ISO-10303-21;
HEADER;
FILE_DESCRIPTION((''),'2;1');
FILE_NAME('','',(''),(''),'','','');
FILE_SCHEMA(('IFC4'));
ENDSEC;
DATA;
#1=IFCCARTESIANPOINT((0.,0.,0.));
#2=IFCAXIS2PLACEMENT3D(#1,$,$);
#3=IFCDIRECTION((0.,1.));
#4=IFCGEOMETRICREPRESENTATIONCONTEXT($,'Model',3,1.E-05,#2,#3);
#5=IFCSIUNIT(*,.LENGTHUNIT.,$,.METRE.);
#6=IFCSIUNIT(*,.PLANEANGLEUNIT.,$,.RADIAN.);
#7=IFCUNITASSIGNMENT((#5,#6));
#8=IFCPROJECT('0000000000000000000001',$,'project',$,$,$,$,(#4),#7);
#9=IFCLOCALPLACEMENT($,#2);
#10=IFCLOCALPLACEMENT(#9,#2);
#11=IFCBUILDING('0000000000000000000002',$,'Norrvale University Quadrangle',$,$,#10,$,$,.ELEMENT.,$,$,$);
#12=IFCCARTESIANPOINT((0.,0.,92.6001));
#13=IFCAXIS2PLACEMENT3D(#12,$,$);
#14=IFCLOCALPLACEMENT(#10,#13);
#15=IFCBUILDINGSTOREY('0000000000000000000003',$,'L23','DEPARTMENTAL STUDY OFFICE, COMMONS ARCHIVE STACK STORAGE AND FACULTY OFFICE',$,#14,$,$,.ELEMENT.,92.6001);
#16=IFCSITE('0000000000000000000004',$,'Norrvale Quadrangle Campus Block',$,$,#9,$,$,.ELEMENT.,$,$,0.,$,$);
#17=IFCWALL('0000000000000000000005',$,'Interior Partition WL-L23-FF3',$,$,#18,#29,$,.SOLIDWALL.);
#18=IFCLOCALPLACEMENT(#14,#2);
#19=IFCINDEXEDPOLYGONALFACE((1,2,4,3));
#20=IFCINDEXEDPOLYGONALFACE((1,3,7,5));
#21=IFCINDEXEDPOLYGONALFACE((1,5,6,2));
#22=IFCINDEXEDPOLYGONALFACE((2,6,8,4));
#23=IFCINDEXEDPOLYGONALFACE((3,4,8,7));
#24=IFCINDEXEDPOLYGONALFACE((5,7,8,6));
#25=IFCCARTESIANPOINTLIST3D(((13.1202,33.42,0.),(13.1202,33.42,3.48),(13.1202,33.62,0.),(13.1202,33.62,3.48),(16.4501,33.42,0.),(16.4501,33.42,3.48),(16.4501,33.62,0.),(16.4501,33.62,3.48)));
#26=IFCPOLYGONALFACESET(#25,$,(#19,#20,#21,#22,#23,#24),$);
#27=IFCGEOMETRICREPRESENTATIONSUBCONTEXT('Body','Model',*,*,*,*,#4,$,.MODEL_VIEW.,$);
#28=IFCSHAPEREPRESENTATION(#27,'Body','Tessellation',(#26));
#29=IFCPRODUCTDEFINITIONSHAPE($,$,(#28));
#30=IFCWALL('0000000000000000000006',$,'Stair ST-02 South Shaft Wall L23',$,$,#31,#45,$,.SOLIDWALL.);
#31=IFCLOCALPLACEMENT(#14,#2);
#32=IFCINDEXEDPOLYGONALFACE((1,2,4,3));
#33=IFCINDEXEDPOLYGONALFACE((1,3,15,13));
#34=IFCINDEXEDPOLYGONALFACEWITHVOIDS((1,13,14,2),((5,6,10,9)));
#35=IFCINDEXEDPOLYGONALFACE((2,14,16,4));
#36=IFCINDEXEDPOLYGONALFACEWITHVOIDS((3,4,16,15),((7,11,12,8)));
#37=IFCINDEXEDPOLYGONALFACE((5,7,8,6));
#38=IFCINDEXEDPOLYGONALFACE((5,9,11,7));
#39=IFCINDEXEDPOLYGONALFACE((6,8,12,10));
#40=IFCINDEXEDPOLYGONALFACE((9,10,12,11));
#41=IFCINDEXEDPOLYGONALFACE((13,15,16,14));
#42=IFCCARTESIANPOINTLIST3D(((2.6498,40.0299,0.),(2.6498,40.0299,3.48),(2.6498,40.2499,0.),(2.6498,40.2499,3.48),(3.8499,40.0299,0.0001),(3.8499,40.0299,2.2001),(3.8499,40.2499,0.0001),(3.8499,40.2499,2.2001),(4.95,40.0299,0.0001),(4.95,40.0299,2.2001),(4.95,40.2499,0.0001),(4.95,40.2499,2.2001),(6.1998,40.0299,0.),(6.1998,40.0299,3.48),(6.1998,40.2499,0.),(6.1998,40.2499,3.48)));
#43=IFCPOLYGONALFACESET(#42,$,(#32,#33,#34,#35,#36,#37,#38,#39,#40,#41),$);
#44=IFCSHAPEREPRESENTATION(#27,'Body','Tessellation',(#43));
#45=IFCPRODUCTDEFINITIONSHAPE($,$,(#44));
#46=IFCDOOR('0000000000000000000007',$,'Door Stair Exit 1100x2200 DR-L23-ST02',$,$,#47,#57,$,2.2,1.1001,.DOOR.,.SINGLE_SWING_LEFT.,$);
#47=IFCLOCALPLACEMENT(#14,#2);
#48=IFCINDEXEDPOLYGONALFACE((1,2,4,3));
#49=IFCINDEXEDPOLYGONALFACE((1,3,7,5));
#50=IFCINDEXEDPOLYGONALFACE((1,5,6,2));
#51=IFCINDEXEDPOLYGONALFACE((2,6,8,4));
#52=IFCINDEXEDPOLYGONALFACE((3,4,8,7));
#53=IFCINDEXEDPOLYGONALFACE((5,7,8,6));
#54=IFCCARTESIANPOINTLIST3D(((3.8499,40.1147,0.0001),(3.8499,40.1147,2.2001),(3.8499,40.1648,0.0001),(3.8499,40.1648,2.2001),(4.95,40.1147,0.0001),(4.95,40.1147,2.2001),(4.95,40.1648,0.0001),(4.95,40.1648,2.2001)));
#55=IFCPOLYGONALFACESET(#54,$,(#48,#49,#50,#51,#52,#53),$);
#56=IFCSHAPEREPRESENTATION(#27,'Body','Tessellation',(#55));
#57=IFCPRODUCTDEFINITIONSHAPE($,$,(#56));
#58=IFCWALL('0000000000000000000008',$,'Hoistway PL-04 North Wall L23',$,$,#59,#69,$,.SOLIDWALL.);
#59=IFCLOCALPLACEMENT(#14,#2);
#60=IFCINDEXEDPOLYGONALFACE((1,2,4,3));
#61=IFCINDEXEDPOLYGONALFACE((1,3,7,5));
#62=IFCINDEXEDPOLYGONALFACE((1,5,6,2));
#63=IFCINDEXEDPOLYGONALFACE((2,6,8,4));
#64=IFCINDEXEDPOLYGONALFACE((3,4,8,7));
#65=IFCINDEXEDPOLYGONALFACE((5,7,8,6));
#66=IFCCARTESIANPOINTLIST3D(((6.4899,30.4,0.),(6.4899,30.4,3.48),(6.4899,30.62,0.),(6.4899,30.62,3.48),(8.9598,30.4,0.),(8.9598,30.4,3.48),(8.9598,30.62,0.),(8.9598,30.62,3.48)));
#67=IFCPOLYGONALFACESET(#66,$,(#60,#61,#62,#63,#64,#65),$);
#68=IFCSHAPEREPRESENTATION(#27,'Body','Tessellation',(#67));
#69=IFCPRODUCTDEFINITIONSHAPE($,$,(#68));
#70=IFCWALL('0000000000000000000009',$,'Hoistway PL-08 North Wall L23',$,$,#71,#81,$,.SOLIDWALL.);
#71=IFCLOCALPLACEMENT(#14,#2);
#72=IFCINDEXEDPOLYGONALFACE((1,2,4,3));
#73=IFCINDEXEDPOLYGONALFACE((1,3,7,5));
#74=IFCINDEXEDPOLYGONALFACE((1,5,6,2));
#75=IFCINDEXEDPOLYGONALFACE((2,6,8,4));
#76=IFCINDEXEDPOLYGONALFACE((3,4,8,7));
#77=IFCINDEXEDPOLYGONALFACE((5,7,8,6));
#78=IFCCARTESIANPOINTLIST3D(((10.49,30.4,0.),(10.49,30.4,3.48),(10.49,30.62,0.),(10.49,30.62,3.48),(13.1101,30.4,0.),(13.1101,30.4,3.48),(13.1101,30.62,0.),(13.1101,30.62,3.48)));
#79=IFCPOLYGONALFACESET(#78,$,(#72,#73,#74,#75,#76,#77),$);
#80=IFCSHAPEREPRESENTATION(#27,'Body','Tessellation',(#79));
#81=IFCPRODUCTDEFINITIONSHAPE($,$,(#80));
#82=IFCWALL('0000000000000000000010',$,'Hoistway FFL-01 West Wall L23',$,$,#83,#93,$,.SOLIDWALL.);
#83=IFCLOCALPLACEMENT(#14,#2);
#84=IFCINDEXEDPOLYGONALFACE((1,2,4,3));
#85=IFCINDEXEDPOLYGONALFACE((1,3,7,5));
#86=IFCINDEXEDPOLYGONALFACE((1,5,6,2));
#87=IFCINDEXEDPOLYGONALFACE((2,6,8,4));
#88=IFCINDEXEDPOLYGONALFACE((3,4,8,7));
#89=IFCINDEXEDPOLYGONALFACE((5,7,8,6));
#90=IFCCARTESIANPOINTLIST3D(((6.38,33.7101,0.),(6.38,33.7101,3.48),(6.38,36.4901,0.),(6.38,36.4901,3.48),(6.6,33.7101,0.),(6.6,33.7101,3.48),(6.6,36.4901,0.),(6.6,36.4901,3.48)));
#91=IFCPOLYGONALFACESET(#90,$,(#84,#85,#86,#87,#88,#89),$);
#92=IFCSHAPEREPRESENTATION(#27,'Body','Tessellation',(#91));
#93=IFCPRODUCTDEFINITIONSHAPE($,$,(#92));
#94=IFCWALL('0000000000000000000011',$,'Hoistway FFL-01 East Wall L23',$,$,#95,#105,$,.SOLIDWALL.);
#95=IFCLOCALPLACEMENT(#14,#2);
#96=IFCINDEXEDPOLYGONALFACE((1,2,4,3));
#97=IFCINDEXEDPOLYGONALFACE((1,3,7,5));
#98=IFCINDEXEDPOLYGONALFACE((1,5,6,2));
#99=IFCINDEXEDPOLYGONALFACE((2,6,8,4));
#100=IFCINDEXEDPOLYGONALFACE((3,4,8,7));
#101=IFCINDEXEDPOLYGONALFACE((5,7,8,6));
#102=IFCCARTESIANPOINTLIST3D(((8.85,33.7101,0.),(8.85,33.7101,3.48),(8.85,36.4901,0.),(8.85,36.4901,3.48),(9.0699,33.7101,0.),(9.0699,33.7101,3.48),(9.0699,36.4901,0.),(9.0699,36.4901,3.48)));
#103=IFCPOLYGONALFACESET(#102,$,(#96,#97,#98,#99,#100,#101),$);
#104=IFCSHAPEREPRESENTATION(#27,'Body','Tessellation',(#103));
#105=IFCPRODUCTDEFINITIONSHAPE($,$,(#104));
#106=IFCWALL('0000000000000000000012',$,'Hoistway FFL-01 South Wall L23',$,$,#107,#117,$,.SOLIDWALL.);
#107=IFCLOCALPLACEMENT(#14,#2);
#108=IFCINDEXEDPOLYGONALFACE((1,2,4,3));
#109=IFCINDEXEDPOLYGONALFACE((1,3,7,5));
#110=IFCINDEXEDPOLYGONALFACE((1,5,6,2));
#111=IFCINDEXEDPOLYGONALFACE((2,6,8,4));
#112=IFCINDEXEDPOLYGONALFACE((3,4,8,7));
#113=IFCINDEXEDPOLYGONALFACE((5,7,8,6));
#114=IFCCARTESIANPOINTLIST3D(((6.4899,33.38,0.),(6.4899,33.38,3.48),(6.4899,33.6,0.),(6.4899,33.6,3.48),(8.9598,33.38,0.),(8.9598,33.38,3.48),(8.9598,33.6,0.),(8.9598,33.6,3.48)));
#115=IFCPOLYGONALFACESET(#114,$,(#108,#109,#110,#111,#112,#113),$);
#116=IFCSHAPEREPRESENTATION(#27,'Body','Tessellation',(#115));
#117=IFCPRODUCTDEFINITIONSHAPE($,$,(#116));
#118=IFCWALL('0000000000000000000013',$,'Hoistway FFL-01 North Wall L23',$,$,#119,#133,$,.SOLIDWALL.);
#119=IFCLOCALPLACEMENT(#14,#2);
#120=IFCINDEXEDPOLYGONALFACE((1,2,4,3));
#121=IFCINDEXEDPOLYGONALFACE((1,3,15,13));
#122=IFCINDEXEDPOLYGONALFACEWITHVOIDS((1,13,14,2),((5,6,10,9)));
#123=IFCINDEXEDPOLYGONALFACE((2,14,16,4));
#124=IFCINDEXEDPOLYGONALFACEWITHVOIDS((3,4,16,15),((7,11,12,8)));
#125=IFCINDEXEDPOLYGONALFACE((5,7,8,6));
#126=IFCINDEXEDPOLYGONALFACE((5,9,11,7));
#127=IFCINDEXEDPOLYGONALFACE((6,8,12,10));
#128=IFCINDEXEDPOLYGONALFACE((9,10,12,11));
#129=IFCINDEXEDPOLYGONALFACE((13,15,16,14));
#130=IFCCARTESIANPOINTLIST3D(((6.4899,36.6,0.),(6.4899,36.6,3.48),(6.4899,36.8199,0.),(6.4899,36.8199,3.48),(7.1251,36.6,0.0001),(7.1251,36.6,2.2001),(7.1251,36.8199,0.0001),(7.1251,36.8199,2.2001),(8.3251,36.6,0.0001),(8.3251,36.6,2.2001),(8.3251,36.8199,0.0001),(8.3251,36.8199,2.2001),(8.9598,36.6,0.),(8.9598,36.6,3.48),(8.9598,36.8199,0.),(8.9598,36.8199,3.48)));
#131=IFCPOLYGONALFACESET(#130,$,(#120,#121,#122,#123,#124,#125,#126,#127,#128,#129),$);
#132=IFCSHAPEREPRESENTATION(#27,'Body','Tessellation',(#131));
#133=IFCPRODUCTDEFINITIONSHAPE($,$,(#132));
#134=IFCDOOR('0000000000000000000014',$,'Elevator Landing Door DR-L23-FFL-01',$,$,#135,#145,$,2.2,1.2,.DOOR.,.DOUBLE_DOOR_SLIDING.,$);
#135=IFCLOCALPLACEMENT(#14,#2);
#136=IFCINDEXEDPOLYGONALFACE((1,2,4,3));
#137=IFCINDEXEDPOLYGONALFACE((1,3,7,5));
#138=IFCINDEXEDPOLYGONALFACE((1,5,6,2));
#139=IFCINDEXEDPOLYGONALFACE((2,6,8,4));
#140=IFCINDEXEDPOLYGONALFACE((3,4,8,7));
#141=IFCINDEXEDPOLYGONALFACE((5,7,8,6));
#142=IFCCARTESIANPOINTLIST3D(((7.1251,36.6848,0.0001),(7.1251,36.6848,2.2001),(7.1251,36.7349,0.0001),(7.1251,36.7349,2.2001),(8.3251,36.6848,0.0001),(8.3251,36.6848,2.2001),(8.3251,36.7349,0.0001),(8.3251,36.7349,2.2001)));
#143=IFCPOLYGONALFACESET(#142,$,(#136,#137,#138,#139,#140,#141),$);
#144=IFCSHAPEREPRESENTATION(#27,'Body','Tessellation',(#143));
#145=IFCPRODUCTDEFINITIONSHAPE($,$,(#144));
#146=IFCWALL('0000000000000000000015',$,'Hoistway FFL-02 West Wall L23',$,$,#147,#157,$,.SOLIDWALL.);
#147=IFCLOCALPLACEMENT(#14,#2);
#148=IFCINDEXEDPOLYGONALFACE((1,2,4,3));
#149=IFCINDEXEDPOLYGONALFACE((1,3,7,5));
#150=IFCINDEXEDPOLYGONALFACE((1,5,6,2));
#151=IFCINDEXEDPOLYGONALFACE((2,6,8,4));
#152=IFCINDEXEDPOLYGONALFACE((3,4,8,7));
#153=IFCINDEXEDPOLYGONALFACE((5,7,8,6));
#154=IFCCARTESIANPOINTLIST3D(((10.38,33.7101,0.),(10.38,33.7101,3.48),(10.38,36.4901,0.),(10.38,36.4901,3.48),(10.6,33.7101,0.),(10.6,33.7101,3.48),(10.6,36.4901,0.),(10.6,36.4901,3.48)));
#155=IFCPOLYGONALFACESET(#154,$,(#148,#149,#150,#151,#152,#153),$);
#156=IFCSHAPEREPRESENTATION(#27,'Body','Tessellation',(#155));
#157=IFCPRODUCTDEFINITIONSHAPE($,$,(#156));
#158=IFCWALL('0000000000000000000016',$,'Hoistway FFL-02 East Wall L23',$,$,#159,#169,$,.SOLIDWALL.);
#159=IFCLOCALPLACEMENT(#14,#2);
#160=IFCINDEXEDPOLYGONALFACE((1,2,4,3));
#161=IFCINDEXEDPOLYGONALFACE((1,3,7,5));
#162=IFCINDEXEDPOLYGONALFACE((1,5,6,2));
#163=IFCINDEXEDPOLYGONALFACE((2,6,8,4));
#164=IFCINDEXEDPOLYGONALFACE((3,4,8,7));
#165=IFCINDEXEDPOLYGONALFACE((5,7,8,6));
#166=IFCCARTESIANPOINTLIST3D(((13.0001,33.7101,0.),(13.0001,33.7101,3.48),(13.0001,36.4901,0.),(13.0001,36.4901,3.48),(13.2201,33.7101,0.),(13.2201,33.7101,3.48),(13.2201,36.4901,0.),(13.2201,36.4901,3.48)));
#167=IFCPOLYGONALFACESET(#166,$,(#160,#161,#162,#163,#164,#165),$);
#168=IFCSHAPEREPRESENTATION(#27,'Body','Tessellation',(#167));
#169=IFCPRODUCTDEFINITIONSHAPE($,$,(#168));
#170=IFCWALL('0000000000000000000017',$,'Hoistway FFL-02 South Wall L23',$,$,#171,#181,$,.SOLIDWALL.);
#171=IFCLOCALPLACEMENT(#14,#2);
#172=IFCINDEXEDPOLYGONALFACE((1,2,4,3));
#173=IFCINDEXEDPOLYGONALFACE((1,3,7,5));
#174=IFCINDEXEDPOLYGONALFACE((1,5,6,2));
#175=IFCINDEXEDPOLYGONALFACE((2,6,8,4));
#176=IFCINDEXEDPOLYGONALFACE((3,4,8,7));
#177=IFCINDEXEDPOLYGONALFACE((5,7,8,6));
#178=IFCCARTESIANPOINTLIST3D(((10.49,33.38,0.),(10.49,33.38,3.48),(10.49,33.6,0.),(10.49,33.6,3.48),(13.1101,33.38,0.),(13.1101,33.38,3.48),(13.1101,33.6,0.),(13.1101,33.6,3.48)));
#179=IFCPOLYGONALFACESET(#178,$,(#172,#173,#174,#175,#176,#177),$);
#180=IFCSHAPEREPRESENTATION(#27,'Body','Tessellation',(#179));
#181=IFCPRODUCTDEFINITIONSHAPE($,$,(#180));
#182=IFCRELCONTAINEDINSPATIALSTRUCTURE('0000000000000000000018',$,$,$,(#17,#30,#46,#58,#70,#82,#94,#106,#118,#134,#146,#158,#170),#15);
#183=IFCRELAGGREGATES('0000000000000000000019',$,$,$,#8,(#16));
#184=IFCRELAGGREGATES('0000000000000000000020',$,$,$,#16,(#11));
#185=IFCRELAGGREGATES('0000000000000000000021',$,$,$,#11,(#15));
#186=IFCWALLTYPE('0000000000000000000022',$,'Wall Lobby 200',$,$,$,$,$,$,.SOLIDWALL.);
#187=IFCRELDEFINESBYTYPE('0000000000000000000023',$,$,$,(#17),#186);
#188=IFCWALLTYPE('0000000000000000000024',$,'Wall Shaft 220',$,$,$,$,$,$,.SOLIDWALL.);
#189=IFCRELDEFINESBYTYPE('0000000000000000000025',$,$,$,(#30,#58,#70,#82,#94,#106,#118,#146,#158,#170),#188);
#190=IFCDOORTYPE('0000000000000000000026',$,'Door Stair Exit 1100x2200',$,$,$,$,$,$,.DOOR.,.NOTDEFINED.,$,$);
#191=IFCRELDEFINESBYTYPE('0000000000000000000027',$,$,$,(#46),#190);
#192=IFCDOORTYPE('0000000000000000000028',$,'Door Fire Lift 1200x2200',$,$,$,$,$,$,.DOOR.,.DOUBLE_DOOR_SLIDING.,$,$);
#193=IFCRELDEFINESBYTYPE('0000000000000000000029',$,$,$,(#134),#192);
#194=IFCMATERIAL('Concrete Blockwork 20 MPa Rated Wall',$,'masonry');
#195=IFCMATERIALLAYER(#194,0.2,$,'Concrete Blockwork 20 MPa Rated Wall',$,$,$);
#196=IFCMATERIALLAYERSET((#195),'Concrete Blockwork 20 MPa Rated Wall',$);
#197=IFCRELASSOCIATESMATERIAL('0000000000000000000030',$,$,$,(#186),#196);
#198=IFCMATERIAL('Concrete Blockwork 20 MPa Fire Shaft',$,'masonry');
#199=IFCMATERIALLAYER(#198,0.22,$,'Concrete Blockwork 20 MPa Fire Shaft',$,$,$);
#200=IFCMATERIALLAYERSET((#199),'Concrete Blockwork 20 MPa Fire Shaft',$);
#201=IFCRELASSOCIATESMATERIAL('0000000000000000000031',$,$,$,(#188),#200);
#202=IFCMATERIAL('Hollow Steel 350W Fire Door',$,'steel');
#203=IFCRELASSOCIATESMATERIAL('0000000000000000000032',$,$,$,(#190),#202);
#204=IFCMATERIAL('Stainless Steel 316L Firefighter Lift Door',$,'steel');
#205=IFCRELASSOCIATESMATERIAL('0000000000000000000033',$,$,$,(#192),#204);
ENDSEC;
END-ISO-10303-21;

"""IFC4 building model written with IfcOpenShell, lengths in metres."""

from ifc_helpers import new_model, si_unit, direction, frame, frame_2d, origin, place, context, subcontext, project, spatial, rectangle, extrude, material, layer, layer_set, type_object, element, fill, save


model = new_model("IFC4")

# Units and contexts
model_context = context("Model", 3, precision=1e-05, world=origin(), true_north=direction((0.0, 1.0)))
body_context = subcontext(model_context, "Body", "Model", "MODEL_VIEW")
ifc_project = project(units=[si_unit("LENGTHUNIT", "METRE"), si_unit("PLANEANGLEUNIT", "RADIAN")], contexts=[model_context])

# Site, building, storey
site_placement = place(None, origin())
site = spatial("IfcSite", under=ifc_project, at=site_placement, Name="Norrvale Quadrangle Campus Block", CompositionType="ELEMENT", RefElevation=0.0)
building_placement = place(site_placement, origin())
building = spatial("IfcBuilding", under=site, at=building_placement, Name="Norrvale University Quadrangle", CompositionType="ELEMENT")
storey_placement = place(building_placement, frame((0.0, 0.0, 92.6001)))
storey = spatial("IfcBuildingStorey", under=building, at=storey_placement, Name="L23", Description="DEPARTMENTAL STUDY OFFICE, COMMONS ARCHIVE STACK STORAGE AND FACULTY OFFICE", CompositionType="ELEMENT", Elevation=92.6001)

# Wall
ifc_material_1 = material(Name="Concrete Blockwork 20 MPa Rated Wall", Category="masonry")
ifc_layer_1 = layer(ifc_material_1, 0.2, Name="Concrete Blockwork 20 MPa Rated Wall")
ifc_layer_set_1 = layer_set([ifc_layer_1], Name="Concrete Blockwork 20 MPa Rated Wall")
wall_type_1 = type_object("IfcWallType", Name="Wall Lobby 200", PredefinedType="SOLIDWALL", material=ifc_layer_set_1)
wall_1_placement = place(storey_placement, frame((13.1201, 33.52, 0.0), z_axis=(0.0, 0.0, 1.0), x_axis=(1.0, 0.0, 0.0)))
element("IfcWall", 1, at=wall_1_placement, inside=storey, type_object=wall_type_1, Name="Interior Partition WL-L23-FF3", PredefinedType="SOLIDWALL", context=body_context, shape_type="SweptSolid", body=[
    extrude(rectangle(XDim=3.3298, YDim=0.2, at=frame_2d((1.665, 0.0))), origin(), (0.0, 0.0, 1.0), 3.48),
])

# Wall, opening, door
ifc_material_2 = material(Name="Concrete Blockwork 20 MPa Fire Shaft", Category="masonry")
ifc_layer_2 = layer(ifc_material_2, 0.22, Name="Concrete Blockwork 20 MPa Fire Shaft")
ifc_layer_set_2 = layer_set([ifc_layer_2], Name="Concrete Blockwork 20 MPa Fire Shaft")
wall_type_2 = type_object("IfcWallType", Name="Wall Shaft 220", PredefinedType="SOLIDWALL", material=ifc_layer_set_2)
wall_2_placement = place(storey_placement, frame((2.6499, 40.1399, 0.0), z_axis=(0.0, 0.0, 1.0), x_axis=(1.0, 0.0, 0.0)))
wall_2 = element("IfcWall", 2, at=wall_2_placement, inside=storey, type_object=wall_type_2, Name="Stair ST-02 South Shaft Wall L23", PredefinedType="SOLIDWALL", context=body_context, shape_type="SweptSolid", body=[
    extrude(rectangle(XDim=3.55, YDim=0.22, at=frame_2d((1.7749, 0.0))), origin(), (0.0, 0.0, 1.0), 3.48),
])
opening_1_placement = place(wall_2_placement, frame((1.2, 0.0, 0.0)))
opening_1 = element("IfcOpeningElement", 3, at=opening_1_placement, cuts=wall_2, PredefinedType="OPENING", context=body_context, shape_type="SweptSolid", body=[
    extrude(rectangle(XDim=1.1001, YDim=2.2, at=frame_2d((0.55, 1.1001))), frame((0.0, 0.1221, 0.0), z_axis=(0.0, -1.0, 0.0), x_axis=(1.0, 0.0, 0.0)), (0.0, 0.0, 1.0), 0.2439),
])
ifc_material_3 = material(Name="Hollow Steel 350W Fire Door", Category="steel")
door_type_1 = type_object("IfcDoorType", Name="Door Stair Exit 1100x2200", OperationType="NOTDEFINED", PredefinedType="DOOR", material=ifc_material_3)
door_1_placement = place(opening_1_placement, origin())
door_1 = element("IfcDoor", 4, at=door_1_placement, inside=storey, type_object=door_type_1, Name="Door Stair Exit 1100x2200 DR-L23-ST02", OperationType="SINGLE_SWING_LEFT", OverallHeight=2.2, OverallWidth=1.1001, PredefinedType="DOOR", context=body_context, shape_type="SweptSolid", body=[
    extrude(rectangle(XDim=1.1001, YDim=2.2, at=frame_2d((0.55, 1.1001))), frame((0.0, 0.0249, 0.0), z_axis=(0.0, -1.0, 0.0), x_axis=(1.0, 0.0, 0.0)), (0.0, 0.0, 1.0), 0.05),
])
fill(opening_1, door_1)

# Walls
wall_3_placement = place(storey_placement, frame((6.49, 30.51, 0.0), z_axis=(0.0, 0.0, 1.0), x_axis=(1.0, 0.0, 0.0)))
element("IfcWall", 5, at=wall_3_placement, inside=storey, type_object=wall_type_2, Name="Hoistway PL-04 North Wall L23", PredefinedType="SOLIDWALL", context=body_context, shape_type="SweptSolid", body=[
    extrude(rectangle(XDim=2.47, YDim=0.22, at=frame_2d((1.2349, 0.0))), origin(), (0.0, 0.0, 1.0), 3.48),
])
wall_4_placement = place(storey_placement, frame((10.49, 30.51, 0.0), z_axis=(0.0, 0.0, 1.0), x_axis=(1.0, 0.0, 0.0)))
element("IfcWall", 6, at=wall_4_placement, inside=storey, type_object=wall_type_2, Name="Hoistway PL-08 North Wall L23", PredefinedType="SOLIDWALL", context=body_context, shape_type="SweptSolid", body=[
    extrude(rectangle(XDim=2.6201, YDim=0.22, at=frame_2d((1.3101, 0.0))), origin(), (0.0, 0.0, 1.0), 3.48),
])
for number, where, z_axis, x_axis, name in (
    (7, (6.49, 33.71, 0.0), (0.0, 0.0, 1.0), (0.0, 1.0, 0.0), "Hoistway FFL-01 West Wall L23"),
    (8, (8.96, 33.71, 0.0), (0.0, 0.0, 1.0), (0.0, 1.0, 0.0), "Hoistway FFL-01 East Wall L23"),
):
    element("IfcWall", number, at=place(storey_placement, frame(where, z_axis=z_axis, x_axis=x_axis)), inside=storey, type_object=wall_type_2, Name=name, PredefinedType="SOLIDWALL", context=body_context, shape_type="SweptSolid", body=[
        extrude(rectangle(XDim=2.78, YDim=0.22, at=frame_2d((1.3901, 0.0))), origin(), (0.0, 0.0, 1.0), 3.48),
    ])
wall_5_placement = place(storey_placement, frame((6.49, 33.49, 0.0), z_axis=(0.0, 0.0, 1.0), x_axis=(1.0, 0.0, 0.0)))
element("IfcWall", 9, at=wall_5_placement, inside=storey, type_object=wall_type_2, Name="Hoistway FFL-01 South Wall L23", PredefinedType="SOLIDWALL", context=body_context, shape_type="SweptSolid", body=[
    extrude(rectangle(XDim=2.47, YDim=0.22, at=frame_2d((1.2349, 0.0))), origin(), (0.0, 0.0, 1.0), 3.48),
])

# Wall, opening, door
wall_6_placement = place(storey_placement, frame((6.49, 36.71, 0.0), z_axis=(0.0, 0.0, 1.0), x_axis=(1.0, 0.0, 0.0)))
wall_6 = element("IfcWall", 10, at=wall_6_placement, inside=storey, type_object=wall_type_2, Name="Hoistway FFL-01 North Wall L23", PredefinedType="SOLIDWALL", context=body_context, shape_type="SweptSolid", body=[
    extrude(rectangle(XDim=2.47, YDim=0.22, at=frame_2d((1.2349, 0.0))), origin(), (0.0, 0.0, 1.0), 3.48),
])
opening_2_placement = place(wall_6_placement, frame((0.635, 0.0, 0.0)))
opening_2 = element("IfcOpeningElement", 11, at=opening_2_placement, cuts=wall_6, PredefinedType="OPENING", context=body_context, shape_type="SweptSolid", body=[
    extrude(rectangle(XDim=1.2, YDim=2.2, at=frame_2d((0.6001, 1.1001))), frame((0.0, 0.1221, 0.0), z_axis=(0.0, -1.0, 0.0), x_axis=(1.0, 0.0, 0.0)), (0.0, 0.0, 1.0), 0.2439),
])
ifc_material_4 = material(Name="Stainless Steel 316L Firefighter Lift Door", Category="steel")
door_type_2 = type_object("IfcDoorType", Name="Door Fire Lift 1200x2200", OperationType="DOUBLE_DOOR_SLIDING", PredefinedType="DOOR", material=ifc_material_4)
door_2_placement = place(opening_2_placement, origin())
door_2 = element("IfcDoor", 12, at=door_2_placement, inside=storey, type_object=door_type_2, Name="Elevator Landing Door DR-L23-FFL-01", OperationType="DOUBLE_DOOR_SLIDING", OverallHeight=2.2, OverallWidth=1.2, PredefinedType="DOOR", context=body_context, shape_type="SweptSolid", body=[
    extrude(rectangle(XDim=1.2, YDim=2.2, at=frame_2d((0.6001, 1.1001))), frame((0.0, 0.0249, 0.0), z_axis=(0.0, -1.0, 0.0), x_axis=(1.0, 0.0, 0.0)), (0.0, 0.0, 1.0), 0.05),
])
fill(opening_2, door_2)

# Walls
for number, where, z_axis, x_axis, name in (
    (13, (10.49, 33.71, 0.0), (0.0, 0.0, 1.0), (0.0, 1.0, 0.0), "Hoistway FFL-02 West Wall L23"),
    (14, (13.1101, 33.71, 0.0), (0.0, 0.0, 1.0), (0.0, 1.0, 0.0), "Hoistway FFL-02 East Wall L23"),
):
    element("IfcWall", number, at=place(storey_placement, frame(where, z_axis=z_axis, x_axis=x_axis)), inside=storey, type_object=wall_type_2, Name=name, PredefinedType="SOLIDWALL", context=body_context, shape_type="SweptSolid", body=[
        extrude(rectangle(XDim=2.78, YDim=0.22, at=frame_2d((1.3901, 0.0))), origin(), (0.0, 0.0, 1.0), 3.48),
    ])
wall_7_placement = place(storey_placement, frame((10.49, 33.49, 0.0), z_axis=(0.0, 0.0, 1.0), x_axis=(1.0, 0.0, 0.0)))
element("IfcWall", 15, at=wall_7_placement, inside=storey, type_object=wall_type_2, Name="Hoistway FFL-02 South Wall L23", PredefinedType="SOLIDWALL", context=body_context, shape_type="SweptSolid", body=[
    extrude(rectangle(XDim=2.6201, YDim=0.22, at=frame_2d((1.3101, 0.0))), origin(), (0.0, 0.0, 1.0), 3.48),
])

save(model, "model.ifc")
